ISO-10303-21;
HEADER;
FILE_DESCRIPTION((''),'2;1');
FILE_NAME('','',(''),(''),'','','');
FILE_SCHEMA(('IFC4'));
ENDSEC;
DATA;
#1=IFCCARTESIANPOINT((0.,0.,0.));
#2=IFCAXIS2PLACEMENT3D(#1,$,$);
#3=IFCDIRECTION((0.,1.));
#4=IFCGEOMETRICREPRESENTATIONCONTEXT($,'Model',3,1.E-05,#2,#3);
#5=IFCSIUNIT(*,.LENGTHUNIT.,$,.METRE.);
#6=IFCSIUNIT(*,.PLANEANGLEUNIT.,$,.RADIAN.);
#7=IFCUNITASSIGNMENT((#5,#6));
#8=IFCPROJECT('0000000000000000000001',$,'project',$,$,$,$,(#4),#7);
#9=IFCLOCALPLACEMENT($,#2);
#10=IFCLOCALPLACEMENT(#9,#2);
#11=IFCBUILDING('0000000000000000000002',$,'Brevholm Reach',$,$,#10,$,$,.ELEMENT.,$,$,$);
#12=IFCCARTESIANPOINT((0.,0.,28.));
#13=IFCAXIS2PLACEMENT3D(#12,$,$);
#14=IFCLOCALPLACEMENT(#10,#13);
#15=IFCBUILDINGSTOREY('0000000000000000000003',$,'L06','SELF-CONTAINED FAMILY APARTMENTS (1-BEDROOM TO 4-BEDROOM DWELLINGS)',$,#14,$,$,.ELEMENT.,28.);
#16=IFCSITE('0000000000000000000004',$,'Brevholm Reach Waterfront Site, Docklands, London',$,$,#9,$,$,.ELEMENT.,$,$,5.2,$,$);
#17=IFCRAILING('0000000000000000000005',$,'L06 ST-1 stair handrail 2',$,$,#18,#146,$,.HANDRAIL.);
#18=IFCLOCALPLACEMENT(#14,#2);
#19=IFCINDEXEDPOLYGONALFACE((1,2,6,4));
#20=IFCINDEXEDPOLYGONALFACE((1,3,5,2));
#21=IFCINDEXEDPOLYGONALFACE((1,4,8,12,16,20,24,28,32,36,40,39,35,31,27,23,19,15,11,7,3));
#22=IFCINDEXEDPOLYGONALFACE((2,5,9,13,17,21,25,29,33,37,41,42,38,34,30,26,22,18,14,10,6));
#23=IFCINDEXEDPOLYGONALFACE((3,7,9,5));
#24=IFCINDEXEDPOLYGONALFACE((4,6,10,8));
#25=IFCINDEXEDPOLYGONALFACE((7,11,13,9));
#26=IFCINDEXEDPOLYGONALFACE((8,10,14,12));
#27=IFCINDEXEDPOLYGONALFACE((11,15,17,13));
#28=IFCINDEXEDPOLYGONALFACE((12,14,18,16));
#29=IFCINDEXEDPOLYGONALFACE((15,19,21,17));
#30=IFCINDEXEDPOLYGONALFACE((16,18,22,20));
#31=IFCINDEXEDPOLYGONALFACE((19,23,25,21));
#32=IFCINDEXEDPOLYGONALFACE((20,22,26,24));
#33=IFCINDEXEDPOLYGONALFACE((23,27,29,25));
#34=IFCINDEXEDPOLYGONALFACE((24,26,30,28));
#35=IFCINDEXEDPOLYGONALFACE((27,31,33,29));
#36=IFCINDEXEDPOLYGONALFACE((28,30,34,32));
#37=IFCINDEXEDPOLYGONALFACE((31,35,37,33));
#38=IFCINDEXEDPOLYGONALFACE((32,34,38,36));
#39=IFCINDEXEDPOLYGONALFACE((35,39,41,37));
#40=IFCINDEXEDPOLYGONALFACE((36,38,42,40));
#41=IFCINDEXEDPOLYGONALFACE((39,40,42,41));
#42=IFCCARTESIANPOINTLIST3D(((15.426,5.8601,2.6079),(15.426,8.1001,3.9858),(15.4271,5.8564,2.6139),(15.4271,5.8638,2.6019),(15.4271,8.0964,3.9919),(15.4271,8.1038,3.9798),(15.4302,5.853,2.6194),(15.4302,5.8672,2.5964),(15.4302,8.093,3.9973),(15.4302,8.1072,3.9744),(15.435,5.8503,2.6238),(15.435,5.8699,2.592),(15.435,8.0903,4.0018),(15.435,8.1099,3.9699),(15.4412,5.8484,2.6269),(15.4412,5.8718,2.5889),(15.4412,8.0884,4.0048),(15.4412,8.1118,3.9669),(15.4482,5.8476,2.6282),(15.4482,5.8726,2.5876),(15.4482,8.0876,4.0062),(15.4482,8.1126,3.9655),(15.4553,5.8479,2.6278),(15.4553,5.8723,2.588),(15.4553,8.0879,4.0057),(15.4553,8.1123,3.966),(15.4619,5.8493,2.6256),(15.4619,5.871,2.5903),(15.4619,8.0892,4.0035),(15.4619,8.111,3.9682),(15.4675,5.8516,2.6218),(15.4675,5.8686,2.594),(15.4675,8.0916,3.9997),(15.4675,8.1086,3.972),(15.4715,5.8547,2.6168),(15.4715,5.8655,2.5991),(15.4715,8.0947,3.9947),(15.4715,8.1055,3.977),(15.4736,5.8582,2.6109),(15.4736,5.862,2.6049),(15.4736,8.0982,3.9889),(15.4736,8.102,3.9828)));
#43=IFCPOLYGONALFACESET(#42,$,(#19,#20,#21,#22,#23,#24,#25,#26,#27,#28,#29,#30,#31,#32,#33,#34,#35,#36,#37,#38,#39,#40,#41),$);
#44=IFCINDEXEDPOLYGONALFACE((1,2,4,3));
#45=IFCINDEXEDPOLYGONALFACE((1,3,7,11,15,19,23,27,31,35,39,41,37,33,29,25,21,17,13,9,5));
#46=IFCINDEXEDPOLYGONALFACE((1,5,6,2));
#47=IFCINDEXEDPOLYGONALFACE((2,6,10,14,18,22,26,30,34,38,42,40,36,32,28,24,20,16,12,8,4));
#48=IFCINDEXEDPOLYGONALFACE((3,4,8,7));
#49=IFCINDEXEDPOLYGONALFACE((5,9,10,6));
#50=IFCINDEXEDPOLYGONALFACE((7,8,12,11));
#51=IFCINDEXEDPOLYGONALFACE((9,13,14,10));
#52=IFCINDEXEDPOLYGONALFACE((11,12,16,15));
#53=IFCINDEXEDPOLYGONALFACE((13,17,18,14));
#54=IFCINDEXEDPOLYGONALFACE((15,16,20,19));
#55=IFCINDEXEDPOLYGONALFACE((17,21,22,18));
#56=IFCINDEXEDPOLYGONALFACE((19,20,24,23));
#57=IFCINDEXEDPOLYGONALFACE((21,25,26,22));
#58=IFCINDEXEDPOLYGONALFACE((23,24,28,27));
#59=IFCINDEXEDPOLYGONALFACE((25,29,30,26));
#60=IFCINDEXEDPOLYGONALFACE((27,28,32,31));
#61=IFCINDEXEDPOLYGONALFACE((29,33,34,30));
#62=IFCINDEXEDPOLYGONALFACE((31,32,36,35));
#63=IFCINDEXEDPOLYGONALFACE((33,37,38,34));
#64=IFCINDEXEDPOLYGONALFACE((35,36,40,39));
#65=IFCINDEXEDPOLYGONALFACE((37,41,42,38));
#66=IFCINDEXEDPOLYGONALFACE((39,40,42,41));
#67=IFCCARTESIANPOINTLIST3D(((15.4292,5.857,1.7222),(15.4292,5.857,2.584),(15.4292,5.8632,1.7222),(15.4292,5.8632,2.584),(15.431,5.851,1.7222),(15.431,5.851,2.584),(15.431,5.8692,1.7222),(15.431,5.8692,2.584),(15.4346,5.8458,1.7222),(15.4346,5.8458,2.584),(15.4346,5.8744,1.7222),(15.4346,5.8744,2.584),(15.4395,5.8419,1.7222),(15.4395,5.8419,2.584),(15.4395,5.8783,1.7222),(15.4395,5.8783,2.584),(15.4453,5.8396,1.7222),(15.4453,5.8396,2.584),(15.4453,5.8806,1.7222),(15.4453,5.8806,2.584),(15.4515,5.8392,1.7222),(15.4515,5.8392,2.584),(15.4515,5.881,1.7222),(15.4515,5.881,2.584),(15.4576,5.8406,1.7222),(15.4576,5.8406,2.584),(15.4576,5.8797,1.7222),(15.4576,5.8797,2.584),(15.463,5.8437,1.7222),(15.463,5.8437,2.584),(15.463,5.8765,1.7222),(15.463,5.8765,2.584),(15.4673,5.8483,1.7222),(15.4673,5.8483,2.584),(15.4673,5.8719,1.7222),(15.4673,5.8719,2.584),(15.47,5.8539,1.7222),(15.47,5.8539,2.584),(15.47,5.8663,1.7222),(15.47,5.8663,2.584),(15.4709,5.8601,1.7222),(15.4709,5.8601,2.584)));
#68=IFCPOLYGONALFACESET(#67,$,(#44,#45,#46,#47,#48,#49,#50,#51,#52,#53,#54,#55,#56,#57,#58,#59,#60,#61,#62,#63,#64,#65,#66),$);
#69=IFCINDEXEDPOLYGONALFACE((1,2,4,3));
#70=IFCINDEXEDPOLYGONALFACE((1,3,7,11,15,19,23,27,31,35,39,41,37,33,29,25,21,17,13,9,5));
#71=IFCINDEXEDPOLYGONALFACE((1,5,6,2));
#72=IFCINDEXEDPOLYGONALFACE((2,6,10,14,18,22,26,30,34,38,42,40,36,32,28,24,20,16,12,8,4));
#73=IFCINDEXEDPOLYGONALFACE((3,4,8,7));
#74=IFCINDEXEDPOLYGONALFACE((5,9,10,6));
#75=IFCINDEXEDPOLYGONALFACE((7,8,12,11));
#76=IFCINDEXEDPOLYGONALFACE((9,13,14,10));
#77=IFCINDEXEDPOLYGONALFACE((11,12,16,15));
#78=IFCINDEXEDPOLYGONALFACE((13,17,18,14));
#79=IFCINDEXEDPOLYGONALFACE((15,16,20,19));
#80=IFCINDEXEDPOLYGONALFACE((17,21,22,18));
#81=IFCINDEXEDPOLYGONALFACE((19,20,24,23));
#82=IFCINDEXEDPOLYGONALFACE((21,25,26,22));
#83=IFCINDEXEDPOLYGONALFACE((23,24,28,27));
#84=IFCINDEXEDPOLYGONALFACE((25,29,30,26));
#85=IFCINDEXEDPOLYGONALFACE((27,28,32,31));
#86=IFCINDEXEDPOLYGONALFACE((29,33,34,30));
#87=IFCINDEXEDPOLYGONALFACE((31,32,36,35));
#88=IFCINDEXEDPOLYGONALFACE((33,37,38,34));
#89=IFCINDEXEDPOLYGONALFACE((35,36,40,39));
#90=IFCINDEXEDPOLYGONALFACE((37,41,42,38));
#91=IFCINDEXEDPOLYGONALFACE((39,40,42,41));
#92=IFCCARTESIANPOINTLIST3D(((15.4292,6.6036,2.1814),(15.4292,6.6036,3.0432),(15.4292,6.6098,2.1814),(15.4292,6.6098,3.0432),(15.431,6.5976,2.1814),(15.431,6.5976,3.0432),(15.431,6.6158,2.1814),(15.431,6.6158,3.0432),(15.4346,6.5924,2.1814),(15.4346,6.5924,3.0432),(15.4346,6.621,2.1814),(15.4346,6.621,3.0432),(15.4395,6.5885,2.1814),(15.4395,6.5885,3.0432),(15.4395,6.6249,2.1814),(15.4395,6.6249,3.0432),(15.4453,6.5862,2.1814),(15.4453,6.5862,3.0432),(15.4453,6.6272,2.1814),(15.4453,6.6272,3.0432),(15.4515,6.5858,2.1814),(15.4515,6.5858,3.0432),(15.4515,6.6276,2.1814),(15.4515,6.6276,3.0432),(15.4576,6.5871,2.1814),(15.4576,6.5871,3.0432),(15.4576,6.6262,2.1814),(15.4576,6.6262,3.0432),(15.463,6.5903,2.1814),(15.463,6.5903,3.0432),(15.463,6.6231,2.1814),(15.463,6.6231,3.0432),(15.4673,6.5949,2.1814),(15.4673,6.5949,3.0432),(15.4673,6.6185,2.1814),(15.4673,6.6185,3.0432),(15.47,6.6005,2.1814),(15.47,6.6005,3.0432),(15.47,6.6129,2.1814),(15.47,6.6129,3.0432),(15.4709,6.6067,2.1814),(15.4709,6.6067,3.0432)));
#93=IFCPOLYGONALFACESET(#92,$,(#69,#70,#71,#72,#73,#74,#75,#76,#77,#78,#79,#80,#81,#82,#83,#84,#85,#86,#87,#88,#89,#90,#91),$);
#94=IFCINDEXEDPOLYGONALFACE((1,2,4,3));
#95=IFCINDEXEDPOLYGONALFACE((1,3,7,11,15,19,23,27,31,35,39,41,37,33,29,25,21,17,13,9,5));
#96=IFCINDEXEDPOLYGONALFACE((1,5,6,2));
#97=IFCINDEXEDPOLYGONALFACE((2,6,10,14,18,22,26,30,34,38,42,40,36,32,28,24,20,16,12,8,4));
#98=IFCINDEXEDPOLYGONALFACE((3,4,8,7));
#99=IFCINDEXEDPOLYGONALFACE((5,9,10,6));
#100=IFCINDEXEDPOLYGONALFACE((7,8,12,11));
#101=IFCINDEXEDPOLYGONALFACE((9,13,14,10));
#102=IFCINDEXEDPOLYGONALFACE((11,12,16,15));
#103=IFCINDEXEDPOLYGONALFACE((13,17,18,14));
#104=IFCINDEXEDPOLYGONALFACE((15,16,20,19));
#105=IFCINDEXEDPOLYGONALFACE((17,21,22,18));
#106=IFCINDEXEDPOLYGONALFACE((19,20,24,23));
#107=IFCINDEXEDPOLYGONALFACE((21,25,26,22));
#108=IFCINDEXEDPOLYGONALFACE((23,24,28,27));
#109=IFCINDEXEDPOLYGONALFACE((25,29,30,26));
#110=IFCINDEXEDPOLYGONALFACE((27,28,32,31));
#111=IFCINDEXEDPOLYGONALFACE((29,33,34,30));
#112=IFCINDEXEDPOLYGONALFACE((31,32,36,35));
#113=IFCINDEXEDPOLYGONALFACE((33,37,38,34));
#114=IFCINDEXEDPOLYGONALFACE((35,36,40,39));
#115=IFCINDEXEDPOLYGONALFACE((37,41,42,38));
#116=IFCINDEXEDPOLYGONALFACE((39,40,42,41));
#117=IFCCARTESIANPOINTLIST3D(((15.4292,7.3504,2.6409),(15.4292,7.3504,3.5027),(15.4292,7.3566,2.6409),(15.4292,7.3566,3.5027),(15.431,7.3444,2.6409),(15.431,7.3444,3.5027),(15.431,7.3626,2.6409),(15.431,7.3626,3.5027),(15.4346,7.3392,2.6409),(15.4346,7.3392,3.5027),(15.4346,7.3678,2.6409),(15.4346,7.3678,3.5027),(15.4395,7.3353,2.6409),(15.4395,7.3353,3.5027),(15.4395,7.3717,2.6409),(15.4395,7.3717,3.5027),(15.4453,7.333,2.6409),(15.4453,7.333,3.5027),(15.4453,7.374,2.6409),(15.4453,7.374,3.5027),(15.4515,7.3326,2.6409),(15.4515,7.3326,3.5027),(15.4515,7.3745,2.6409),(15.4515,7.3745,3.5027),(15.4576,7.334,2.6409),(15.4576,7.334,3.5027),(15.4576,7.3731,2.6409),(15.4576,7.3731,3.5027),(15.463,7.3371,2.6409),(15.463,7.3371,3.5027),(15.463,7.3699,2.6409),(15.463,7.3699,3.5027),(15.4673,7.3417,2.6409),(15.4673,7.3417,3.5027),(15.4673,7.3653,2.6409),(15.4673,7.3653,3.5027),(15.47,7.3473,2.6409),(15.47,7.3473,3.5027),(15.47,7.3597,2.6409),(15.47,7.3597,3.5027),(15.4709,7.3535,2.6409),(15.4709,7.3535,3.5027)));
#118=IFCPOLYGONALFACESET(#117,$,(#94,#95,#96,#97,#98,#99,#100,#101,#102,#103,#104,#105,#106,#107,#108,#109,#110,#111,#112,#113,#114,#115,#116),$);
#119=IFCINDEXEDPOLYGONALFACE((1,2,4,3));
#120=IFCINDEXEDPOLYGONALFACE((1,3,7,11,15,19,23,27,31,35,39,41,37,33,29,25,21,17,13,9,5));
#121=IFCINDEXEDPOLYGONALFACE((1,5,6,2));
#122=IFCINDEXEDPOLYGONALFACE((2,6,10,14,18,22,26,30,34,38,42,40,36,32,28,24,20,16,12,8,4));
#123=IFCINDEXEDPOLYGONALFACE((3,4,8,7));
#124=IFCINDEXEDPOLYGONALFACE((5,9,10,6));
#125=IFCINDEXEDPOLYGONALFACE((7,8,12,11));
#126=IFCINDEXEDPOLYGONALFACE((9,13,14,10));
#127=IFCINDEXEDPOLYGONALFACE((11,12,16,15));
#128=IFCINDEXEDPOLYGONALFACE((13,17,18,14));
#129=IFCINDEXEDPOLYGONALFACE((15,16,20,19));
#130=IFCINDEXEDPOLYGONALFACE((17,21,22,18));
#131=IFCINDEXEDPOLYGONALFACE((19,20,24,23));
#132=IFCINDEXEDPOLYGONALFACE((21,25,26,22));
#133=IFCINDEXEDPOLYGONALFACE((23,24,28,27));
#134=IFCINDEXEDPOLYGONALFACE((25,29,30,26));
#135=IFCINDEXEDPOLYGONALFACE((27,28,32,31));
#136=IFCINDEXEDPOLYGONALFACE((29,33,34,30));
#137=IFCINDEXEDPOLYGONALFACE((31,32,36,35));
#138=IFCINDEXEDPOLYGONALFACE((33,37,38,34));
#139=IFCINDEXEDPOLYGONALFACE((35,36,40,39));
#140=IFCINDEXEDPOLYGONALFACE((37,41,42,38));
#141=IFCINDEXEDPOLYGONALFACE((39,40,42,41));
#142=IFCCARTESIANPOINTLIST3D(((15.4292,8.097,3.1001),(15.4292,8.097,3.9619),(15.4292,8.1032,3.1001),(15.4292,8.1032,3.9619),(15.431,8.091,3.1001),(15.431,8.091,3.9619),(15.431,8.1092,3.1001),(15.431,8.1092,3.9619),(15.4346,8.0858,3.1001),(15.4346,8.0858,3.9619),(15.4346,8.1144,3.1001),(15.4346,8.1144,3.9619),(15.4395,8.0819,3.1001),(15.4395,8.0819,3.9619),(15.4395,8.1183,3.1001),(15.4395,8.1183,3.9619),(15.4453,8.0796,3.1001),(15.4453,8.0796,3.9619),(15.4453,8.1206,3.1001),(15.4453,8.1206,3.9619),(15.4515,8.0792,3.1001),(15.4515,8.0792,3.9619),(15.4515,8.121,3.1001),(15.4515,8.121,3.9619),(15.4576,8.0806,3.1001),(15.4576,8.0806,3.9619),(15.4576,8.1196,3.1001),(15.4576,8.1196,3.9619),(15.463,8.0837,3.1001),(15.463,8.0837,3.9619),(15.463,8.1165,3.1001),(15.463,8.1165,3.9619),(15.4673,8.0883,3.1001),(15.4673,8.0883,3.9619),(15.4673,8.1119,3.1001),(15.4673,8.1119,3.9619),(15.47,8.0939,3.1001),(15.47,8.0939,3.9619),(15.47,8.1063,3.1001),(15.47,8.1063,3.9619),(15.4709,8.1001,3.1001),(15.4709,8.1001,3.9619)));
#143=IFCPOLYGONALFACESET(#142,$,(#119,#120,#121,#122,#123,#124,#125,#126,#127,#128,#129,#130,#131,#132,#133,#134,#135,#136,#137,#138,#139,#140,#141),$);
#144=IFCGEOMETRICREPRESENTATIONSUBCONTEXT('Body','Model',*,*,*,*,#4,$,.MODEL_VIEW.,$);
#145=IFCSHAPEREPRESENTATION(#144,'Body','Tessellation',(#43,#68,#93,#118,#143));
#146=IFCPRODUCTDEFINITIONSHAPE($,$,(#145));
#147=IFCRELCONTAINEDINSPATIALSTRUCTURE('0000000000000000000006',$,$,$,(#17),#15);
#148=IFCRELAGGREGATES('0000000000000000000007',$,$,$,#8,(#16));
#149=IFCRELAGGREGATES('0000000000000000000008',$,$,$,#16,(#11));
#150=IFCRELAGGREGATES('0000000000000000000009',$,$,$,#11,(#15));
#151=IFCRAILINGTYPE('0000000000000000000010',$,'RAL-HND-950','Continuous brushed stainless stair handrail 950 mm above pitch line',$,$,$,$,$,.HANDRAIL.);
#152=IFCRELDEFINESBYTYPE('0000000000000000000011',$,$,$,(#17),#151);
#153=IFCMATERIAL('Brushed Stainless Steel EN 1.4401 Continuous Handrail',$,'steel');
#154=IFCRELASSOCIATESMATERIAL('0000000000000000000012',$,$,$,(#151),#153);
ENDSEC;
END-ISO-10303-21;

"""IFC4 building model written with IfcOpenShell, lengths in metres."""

from ifc_helpers import new_model, si_unit, direction, frame, origin, origin_2d, place, context, subcontext, project, spatial, circle, extrude, material, type_object, element, save


model = new_model("IFC4")

# Units and contexts
model_context = context("Model", 3, precision=1e-05, world=origin(), true_north=direction((0.0, 1.0)))
body_context = subcontext(model_context, "Body", "Model", "MODEL_VIEW")
ifc_project = project(units=[si_unit("LENGTHUNIT", "METRE"), si_unit("PLANEANGLEUNIT", "RADIAN")], contexts=[model_context])

# Site, building, storey
site_placement = place(None, origin())
site = spatial("IfcSite", under=ifc_project, at=site_placement, Name="Brevholm Reach Waterfront Site, Docklands, London", CompositionType="ELEMENT", RefElevation=5.2)
building_placement = place(site_placement, origin())
building = spatial("IfcBuilding", under=site, at=building_placement, Name="Brevholm Reach", CompositionType="ELEMENT")
storey_placement = place(building_placement, frame((0.0, 0.0, 28.0)))
storey = spatial("IfcBuildingStorey", under=building, at=storey_placement, Name="L06", Description="SELF-CONTAINED FAMILY APARTMENTS (1-BEDROOM TO 4-BEDROOM DWELLINGS)", CompositionType="ELEMENT", Elevation=28.0)

# Railing
ifc_material_1 = material(Name="Brushed Stainless Steel EN 1.4401 Continuous Handrail", Category="steel")
railing_type_1 = type_object("IfcRailingType", Name="RAL-HND-950", Description="Continuous brushed stainless stair handrail 950 mm above pitch line", PredefinedType="HANDRAIL", material=ifc_material_1)
railing_1_placement = place(storey_placement, frame((15.45, 5.8601, 1.7222)))
element("IfcRailing", 1, at=railing_1_placement, inside=storey, type_object=railing_type_1, Name="L06 ST-1 stair handrail 2", PredefinedType="HANDRAIL", context=body_context, shape_type="SweptSolid", body=[
    extrude(circle(Radius=0.0239, at=origin_2d()), frame((0.0, 0.0, 0.8857), z_axis=(0.0, 0.851748, 0.523952), x_axis=(-1.0, 0.0, 0.0)), (0.0, 0.0, 1.0), 2.6299),
    extrude(circle(Radius=0.021, at=origin_2d()), origin(), (0.0, 0.0, 1.0), 0.8618),
    extrude(circle(Radius=0.021, at=origin_2d()), frame((0.0, 0.7466, 0.4592)), (0.0, 0.0, 1.0), 0.8618),
    extrude(circle(Radius=0.021, at=origin_2d()), frame((0.0, 1.4934, 0.9187)), (0.0, 0.0, 1.0), 0.8618),
    extrude(circle(Radius=0.021, at=origin_2d()), frame((0.0, 2.24, 1.3779)), (0.0, 0.0, 1.0), 0.8618),
])

save(model, "model.ifc")
